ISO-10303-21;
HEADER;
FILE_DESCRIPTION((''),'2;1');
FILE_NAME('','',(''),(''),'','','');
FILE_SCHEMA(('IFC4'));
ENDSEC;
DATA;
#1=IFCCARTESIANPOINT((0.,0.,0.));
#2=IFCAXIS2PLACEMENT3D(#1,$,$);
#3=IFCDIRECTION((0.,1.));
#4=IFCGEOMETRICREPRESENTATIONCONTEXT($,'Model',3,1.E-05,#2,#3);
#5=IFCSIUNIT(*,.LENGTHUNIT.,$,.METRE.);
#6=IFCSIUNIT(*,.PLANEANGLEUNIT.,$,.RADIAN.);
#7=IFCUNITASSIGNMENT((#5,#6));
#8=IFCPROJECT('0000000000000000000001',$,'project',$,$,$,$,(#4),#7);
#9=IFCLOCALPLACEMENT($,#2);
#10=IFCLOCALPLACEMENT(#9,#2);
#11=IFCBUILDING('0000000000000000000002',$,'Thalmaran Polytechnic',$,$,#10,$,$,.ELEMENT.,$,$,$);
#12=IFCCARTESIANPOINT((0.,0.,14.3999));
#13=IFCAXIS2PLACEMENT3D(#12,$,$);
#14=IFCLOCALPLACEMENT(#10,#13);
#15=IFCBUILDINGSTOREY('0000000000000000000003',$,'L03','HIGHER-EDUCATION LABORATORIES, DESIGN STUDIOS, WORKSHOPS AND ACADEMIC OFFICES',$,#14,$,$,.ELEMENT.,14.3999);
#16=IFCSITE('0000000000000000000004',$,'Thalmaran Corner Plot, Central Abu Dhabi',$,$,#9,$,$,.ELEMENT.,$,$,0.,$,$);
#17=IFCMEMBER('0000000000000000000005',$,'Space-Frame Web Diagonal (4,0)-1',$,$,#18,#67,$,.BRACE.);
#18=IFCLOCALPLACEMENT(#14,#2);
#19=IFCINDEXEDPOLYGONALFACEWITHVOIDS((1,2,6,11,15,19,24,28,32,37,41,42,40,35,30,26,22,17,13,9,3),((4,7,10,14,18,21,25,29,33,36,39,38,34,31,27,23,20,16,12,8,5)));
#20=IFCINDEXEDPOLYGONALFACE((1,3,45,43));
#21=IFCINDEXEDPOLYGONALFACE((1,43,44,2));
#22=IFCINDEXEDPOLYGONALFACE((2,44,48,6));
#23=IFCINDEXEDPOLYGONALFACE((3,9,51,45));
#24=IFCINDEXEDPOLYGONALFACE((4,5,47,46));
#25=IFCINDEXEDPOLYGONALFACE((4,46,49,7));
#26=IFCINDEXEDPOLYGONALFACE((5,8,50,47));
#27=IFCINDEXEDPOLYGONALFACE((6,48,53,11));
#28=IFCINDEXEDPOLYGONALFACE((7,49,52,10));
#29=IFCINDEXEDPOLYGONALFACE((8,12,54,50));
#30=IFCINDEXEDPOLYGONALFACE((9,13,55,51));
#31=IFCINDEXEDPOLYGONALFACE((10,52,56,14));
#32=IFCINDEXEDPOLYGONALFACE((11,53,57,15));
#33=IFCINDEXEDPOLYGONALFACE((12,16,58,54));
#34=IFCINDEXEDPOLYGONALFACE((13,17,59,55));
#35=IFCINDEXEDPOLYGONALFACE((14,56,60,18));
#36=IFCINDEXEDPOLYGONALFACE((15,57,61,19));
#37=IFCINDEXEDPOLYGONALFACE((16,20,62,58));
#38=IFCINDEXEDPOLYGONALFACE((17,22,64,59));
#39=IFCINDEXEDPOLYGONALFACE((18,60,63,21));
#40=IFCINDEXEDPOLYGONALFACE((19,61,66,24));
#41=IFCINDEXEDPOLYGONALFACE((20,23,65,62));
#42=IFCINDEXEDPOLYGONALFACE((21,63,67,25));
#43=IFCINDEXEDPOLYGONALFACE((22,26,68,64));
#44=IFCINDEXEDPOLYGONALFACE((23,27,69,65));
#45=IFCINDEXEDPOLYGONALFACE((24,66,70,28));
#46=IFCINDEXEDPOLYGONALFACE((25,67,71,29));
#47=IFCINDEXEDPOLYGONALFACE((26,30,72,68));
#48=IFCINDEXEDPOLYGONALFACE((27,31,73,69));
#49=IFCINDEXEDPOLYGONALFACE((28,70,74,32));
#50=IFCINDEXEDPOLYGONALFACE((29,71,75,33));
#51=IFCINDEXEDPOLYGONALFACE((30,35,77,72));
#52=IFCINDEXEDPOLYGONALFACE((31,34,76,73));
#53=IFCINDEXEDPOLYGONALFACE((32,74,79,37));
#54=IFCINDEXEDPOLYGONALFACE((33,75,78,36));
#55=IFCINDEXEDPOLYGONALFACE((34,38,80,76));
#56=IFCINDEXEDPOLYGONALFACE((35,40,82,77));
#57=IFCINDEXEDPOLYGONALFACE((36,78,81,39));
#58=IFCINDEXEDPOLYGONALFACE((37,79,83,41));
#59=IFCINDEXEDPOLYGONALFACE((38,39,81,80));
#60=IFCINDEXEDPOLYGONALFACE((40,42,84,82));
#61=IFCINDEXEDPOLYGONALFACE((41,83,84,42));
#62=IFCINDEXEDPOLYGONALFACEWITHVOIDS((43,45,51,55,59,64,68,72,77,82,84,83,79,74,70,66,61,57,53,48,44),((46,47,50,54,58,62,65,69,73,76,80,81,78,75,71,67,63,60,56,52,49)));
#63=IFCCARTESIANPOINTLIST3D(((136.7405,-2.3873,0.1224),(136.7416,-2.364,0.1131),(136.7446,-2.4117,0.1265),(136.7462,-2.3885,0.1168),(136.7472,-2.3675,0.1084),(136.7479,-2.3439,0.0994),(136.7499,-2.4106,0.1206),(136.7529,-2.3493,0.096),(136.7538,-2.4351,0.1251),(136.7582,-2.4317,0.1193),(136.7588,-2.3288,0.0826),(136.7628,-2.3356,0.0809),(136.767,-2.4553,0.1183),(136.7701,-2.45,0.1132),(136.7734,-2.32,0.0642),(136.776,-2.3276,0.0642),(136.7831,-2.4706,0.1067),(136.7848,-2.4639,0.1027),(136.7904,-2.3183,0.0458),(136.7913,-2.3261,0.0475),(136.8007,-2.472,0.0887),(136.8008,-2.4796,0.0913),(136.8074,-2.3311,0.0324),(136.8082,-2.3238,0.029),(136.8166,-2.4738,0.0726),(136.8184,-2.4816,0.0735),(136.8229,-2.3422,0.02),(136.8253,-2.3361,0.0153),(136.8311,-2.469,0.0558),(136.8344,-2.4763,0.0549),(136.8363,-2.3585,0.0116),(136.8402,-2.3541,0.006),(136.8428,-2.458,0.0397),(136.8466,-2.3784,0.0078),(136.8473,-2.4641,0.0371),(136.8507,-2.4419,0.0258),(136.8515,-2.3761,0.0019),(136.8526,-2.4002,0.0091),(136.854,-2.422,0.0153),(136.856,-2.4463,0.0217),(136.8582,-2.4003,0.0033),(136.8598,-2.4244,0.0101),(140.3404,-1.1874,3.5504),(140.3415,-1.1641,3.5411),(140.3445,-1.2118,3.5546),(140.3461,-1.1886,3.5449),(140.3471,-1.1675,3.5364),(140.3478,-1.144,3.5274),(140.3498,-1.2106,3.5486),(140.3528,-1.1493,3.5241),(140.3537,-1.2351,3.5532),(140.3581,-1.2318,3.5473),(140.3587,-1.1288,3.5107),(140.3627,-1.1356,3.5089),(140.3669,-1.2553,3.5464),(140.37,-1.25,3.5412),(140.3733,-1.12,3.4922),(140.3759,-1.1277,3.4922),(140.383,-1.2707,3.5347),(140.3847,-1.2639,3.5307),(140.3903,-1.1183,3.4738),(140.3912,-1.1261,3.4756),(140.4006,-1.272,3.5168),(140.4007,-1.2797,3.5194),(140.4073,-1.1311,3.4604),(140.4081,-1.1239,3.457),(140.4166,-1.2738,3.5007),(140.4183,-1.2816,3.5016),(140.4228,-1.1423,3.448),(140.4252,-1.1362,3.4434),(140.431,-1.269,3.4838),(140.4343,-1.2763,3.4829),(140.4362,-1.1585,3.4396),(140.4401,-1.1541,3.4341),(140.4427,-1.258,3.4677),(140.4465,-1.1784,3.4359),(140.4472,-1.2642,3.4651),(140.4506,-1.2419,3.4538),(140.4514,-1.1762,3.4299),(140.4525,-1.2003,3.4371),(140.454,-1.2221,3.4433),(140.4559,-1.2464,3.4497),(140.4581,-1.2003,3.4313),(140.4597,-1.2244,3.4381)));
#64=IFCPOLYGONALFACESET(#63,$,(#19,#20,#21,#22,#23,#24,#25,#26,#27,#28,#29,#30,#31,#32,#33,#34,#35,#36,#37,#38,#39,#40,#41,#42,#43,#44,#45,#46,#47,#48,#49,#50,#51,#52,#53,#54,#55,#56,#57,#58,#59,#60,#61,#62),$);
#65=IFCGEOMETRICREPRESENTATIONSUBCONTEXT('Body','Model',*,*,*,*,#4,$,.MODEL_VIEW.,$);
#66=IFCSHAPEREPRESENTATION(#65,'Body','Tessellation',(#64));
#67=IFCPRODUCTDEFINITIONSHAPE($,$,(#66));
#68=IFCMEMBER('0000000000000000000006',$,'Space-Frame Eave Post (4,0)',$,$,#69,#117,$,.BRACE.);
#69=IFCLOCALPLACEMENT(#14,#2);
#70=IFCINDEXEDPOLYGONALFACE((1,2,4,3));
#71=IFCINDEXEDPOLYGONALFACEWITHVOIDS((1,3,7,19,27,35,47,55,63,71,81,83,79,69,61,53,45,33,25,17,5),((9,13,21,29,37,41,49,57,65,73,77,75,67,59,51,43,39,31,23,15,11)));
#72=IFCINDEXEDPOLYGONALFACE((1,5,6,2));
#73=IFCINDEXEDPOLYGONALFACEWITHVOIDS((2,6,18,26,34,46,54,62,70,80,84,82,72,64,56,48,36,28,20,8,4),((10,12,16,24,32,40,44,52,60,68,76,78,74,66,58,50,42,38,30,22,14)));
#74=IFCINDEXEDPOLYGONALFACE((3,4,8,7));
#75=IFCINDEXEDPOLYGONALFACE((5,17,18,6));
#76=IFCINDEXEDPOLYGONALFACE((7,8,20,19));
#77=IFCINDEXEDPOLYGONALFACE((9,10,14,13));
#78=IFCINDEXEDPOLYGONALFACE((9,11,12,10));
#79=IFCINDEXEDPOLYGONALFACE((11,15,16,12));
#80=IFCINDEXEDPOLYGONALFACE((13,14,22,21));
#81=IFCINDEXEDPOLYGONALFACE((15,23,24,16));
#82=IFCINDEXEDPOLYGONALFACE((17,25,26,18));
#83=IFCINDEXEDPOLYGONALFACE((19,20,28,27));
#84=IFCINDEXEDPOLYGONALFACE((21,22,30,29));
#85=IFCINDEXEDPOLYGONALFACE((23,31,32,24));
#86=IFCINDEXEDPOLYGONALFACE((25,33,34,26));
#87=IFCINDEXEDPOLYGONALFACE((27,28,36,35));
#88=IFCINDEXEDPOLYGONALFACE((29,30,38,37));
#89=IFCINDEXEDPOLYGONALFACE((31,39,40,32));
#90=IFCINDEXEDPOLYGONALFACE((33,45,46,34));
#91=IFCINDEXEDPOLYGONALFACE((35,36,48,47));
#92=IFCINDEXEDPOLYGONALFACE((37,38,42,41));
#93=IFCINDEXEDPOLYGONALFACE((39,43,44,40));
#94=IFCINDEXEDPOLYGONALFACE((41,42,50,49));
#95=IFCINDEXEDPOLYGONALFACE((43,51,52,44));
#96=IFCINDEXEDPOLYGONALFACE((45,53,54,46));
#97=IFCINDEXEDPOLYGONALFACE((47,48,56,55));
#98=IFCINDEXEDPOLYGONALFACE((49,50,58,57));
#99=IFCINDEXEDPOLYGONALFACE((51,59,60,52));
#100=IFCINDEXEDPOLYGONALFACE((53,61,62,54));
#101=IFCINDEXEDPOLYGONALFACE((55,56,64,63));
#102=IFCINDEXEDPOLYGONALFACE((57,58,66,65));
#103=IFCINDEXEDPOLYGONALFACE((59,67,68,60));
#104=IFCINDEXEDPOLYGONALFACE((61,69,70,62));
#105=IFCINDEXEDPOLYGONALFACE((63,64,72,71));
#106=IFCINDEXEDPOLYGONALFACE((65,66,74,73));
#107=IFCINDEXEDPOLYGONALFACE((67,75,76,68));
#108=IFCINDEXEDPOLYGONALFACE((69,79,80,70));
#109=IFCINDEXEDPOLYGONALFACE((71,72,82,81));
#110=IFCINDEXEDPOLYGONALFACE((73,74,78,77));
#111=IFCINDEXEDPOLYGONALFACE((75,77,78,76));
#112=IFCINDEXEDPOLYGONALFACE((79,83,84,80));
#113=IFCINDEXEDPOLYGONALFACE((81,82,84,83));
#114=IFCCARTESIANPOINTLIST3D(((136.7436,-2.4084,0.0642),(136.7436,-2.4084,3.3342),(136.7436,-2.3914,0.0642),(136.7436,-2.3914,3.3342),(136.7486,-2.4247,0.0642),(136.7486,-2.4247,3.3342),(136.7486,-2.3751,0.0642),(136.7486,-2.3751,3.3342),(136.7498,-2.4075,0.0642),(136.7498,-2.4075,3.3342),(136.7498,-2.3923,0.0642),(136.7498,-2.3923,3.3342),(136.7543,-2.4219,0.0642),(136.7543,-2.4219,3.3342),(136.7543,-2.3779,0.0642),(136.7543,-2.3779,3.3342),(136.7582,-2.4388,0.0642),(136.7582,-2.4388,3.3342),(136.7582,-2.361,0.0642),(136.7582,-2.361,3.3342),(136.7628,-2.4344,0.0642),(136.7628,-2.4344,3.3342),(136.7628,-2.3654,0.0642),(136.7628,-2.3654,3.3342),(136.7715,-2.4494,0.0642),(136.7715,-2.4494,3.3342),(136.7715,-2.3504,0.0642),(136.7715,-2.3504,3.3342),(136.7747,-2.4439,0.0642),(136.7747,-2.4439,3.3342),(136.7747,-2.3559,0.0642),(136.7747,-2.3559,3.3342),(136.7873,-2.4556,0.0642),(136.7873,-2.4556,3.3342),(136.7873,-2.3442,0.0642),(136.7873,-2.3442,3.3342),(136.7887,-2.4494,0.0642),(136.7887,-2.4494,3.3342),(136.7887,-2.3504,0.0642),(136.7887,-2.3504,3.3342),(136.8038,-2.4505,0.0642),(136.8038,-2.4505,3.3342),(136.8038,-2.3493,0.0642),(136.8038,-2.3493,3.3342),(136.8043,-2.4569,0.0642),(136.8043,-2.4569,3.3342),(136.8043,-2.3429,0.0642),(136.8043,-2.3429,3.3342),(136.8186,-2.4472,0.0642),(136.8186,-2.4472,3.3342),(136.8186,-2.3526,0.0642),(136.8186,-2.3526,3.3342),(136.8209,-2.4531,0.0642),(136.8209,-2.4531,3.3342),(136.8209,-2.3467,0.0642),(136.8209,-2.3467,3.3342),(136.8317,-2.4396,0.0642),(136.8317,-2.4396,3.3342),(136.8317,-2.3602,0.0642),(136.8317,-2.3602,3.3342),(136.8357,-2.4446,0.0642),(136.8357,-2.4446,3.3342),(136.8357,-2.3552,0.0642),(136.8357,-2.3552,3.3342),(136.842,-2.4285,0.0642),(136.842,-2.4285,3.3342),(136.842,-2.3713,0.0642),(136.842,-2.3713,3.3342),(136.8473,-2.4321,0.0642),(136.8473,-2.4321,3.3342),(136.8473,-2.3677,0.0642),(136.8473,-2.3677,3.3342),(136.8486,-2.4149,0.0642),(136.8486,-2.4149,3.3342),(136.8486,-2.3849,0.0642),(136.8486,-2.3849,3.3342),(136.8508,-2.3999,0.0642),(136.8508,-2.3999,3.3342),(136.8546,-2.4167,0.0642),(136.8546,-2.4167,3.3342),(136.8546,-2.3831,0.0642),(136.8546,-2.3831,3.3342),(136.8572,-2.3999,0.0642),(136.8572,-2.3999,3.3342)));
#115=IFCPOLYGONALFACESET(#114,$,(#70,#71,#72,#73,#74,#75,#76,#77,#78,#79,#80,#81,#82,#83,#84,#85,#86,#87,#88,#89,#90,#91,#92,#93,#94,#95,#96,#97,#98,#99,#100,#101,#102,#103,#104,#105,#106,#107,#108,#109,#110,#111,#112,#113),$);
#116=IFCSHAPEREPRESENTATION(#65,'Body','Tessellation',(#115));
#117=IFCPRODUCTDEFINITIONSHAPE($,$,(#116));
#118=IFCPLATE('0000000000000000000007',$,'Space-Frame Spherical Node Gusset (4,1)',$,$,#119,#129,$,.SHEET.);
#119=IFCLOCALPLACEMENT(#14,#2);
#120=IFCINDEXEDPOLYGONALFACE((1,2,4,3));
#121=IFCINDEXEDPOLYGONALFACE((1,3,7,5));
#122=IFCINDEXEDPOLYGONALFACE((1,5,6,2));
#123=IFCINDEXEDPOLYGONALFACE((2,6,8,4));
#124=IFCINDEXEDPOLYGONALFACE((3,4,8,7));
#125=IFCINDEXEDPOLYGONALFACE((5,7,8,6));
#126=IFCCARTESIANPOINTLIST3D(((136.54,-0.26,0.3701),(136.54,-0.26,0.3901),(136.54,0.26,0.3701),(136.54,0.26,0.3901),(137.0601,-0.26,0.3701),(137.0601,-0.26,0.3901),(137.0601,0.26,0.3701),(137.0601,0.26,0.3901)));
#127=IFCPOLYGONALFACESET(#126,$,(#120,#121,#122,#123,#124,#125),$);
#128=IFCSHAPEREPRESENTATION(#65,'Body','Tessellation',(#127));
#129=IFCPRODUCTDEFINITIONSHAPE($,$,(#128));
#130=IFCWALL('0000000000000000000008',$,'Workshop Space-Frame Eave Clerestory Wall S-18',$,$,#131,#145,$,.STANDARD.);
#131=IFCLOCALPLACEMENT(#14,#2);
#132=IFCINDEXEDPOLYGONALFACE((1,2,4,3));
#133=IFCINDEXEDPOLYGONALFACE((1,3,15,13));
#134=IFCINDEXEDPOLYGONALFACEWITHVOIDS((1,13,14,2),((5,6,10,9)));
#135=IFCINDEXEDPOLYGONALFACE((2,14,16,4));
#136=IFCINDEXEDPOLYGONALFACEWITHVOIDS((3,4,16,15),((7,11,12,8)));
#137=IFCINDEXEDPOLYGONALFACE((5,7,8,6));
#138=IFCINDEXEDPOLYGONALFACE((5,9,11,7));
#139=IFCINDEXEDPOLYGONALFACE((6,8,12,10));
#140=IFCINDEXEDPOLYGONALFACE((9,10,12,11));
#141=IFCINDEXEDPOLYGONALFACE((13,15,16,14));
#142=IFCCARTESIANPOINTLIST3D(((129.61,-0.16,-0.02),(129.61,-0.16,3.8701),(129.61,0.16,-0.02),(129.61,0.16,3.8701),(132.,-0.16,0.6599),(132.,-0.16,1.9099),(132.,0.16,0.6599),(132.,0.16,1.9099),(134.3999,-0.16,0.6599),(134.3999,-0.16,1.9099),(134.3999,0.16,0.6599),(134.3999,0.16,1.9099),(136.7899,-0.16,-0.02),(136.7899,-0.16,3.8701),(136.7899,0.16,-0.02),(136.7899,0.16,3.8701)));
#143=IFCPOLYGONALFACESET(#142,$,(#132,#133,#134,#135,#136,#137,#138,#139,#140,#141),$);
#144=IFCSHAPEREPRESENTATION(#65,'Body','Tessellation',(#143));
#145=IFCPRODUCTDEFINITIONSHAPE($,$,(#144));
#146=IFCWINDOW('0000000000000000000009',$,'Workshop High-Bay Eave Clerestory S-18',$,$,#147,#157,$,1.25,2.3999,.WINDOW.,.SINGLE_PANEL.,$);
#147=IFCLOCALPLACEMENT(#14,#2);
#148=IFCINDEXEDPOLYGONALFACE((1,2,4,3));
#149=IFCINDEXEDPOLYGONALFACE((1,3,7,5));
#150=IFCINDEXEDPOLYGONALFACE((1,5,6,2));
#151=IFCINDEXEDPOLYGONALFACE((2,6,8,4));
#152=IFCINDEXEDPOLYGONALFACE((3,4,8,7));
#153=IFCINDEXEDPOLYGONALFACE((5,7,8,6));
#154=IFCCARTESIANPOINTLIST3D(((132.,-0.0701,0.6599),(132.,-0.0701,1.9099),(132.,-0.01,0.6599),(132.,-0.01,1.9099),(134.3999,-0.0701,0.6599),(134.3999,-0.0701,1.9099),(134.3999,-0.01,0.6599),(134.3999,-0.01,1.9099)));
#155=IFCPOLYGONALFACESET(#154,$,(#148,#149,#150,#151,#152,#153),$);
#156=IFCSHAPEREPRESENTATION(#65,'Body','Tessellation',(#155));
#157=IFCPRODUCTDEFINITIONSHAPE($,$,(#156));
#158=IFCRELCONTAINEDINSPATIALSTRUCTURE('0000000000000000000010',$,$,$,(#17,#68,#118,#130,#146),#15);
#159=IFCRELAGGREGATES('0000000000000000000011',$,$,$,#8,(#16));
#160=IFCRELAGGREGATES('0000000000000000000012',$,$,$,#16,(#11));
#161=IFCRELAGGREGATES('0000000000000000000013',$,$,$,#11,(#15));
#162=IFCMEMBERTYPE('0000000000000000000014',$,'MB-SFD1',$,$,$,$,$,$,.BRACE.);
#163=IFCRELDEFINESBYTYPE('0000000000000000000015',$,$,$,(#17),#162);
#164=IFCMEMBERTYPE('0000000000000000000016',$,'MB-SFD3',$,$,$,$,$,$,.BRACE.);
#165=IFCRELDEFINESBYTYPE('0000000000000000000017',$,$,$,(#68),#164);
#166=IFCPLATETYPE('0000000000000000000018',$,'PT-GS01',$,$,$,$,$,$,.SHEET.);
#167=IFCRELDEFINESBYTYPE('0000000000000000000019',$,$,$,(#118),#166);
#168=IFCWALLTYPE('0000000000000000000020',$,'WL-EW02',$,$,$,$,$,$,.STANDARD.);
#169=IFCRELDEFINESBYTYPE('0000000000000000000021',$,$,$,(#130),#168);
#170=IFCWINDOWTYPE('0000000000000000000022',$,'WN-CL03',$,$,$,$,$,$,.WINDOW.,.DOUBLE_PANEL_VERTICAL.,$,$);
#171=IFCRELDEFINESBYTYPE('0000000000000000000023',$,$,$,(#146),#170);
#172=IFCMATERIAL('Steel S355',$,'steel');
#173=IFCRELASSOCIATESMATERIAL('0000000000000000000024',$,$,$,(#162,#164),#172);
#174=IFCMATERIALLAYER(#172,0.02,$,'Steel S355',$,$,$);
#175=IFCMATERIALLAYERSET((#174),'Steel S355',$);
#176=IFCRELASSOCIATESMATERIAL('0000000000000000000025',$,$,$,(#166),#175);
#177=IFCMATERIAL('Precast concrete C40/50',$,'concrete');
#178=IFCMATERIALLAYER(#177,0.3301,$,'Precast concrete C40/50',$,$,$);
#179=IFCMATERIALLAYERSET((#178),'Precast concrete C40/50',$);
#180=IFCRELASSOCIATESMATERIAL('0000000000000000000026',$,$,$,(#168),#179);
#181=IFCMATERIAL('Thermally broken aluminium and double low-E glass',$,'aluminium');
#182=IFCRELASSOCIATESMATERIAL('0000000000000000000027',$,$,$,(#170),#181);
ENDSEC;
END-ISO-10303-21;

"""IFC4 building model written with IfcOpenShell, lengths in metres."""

from ifc_helpers import new_model, si_unit, direction, frame, frame_2d, origin, origin_2d, place, context, subcontext, project, spatial, rectangle, hollow_circle, extrude, material, layer, layer_set, material_profile, profile_set, type_object, element, fill, save


model = new_model("IFC4")

# Units and contexts
model_context = context("Model", 3, precision=1e-05, world=origin(), true_north=direction((0.0, 1.0)))
body_context = subcontext(model_context, "Body", "Model", "MODEL_VIEW")
ifc_project = project(units=[si_unit("LENGTHUNIT", "METRE"), si_unit("PLANEANGLEUNIT", "RADIAN")], contexts=[model_context])

# Site, building, storey
site_placement = place(None, origin())
site = spatial("IfcSite", under=ifc_project, at=site_placement, Name="Thalmaran Corner Plot, Central Abu Dhabi", CompositionType="ELEMENT", RefElevation=0.0)
building_placement = place(site_placement, origin())
building = spatial("IfcBuilding", under=site, at=building_placement, Name="Thalmaran Polytechnic", CompositionType="ELEMENT")
storey_placement = place(building_placement, frame((0.0, 0.0, 14.3999)))
storey = spatial("IfcBuildingStorey", under=building, at=storey_placement, Name="L03", Description="HIGHER-EDUCATION LABORATORIES, DESIGN STUDIOS, WORKSHOPS AND ACADEMIC OFFICES", CompositionType="ELEMENT", Elevation=14.3999)

# Shared definitions
ifc_material_1 = material(Name="Steel S355", Category="steel")

# Members
ifc_material_profile_1 = material_profile(ifc_material_1, hollow_circle(Radius=0.0842, WallThickness=0.0081, at=origin_2d()), Name="CHS 168.3x8.0")
ifc_profile_set_1 = profile_set([ifc_material_profile_1], Name="Steel S355")
member_type_1 = type_object("IfcMemberType", Name="MB-SFD1", PredefinedType="BRACE", material=ifc_profile_set_1)
member_1_placement = place(storey_placement, frame((136.8, -2.3999, 0.0642), z_axis=(0.703963, 0.234654, 0.670353), x_axis=(-0.316228, 0.948683, 0.0)))
element("IfcMember", 1, at=member_1_placement, inside=storey, type_object=member_type_1, Name="Space-Frame Web Diagonal (4,0)-1", PredefinedType="BRACE", context=body_context, shape_type="SweptSolid", body=[
    extrude(hollow_circle(Radius=0.0842, WallThickness=0.0081, at=origin_2d()), origin(), (0.0, 0.0, 1.0), 5.1138),
])
ifc_material_profile_2 = material_profile(ifc_material_1, hollow_circle(Radius=0.0571, WallThickness=0.0063, at=origin_2d()), Name="CHS 114.3x6.3")
ifc_profile_set_2 = profile_set([ifc_material_profile_2], Name="Steel S355")
member_type_2 = type_object("IfcMemberType", Name="MB-SFD3", PredefinedType="BRACE", material=ifc_profile_set_2)
member_2_placement = place(storey_placement, frame((136.8, -2.3999, 0.0642), z_axis=(0.0, 0.0, 1.0), x_axis=(1.0, 0.0, 0.0)))
element("IfcMember", 2, at=member_2_placement, inside=storey, type_object=member_type_2, Name="Space-Frame Eave Post (4,0)", PredefinedType="BRACE", context=body_context, shape_type="SweptSolid", body=[
    extrude(hollow_circle(Radius=0.0571, WallThickness=0.0063, at=origin_2d()), origin(), (0.0, 0.0, 1.0), 3.27),
])

# Plate
ifc_layer_1 = layer(ifc_material_1, 0.02, Name="Steel S355")
ifc_layer_set_1 = layer_set([ifc_layer_1], Name="Steel S355")
plate_type = type_object("IfcPlateType", Name="PT-GS01", PredefinedType="SHEET", material=ifc_layer_set_1)
plate_placement = place(storey_placement, frame((136.8, 0.0, 0.3701), z_axis=(0.0, 0.0, 1.0), x_axis=(1.0, 0.0, 0.0)))
element("IfcPlate", 3, at=plate_placement, inside=storey, type_object=plate_type, Name="Space-Frame Spherical Node Gusset (4,1)", PredefinedType="SHEET", context=body_context, shape_type="SweptSolid", body=[
    extrude(rectangle(XDim=0.52, YDim=0.52, at=origin_2d()), origin(), (0.0, 0.0, 1.0), 0.02),
])

# Wall, opening, window
ifc_material_2 = material(Name="Precast concrete C40/50", Category="concrete")
ifc_layer_2 = layer(ifc_material_2, 0.3301, Name="Precast concrete C40/50")
ifc_layer_set_2 = layer_set([ifc_layer_2], Name="Precast concrete C40/50")
wall_type = type_object("IfcWallType", Name="WL-EW02", PredefinedType="STANDARD", material=ifc_layer_set_2)
wall_placement = place(storey_placement, frame((129.6101, 0.0, -0.02), z_axis=(0.0, 0.0, 1.0), x_axis=(1.0, 0.0, 0.0)))
wall = element("IfcWall", 4, at=wall_placement, inside=storey, type_object=wall_type, Name="Workshop Space-Frame Eave Clerestory Wall S-18", PredefinedType="STANDARD", context=body_context, shape_type="SweptSolid", body=[
    extrude(rectangle(XDim=7.1799, YDim=0.3201, at=frame_2d((3.5898, 0.0))), origin(), (0.0, 0.0, 1.0), 3.8901),
])
opening_placement = place(wall_placement, frame((2.3899, 0.0, 0.6799)))
opening = element("IfcOpeningElement", 5, at=opening_placement, cuts=wall, PredefinedType="OPENING", context=body_context, shape_type="SweptSolid", body=[
    extrude(rectangle(XDim=2.3999, YDim=1.25, at=frame_2d((1.2, 0.625))), frame((0.0, 0.1699, 0.0), z_axis=(0.0, -1.0, 0.0), x_axis=(1.0, 0.0, 0.0)), (0.0, 0.0, 1.0), 0.3401),
])
ifc_material_3 = material(Name="Thermally broken aluminium and double low-E glass", Category="aluminium")
window_type = type_object("IfcWindowType", Name="WN-CL03", PartitioningType="DOUBLE_PANEL_VERTICAL", PredefinedType="WINDOW", material=ifc_material_3)
window_placement = place(opening_placement, origin())
window = element("IfcWindow", 6, at=window_placement, inside=storey, type_object=window_type, Name="Workshop High-Bay Eave Clerestory S-18", OverallHeight=1.25, OverallWidth=2.3999, PartitioningType="SINGLE_PANEL", PredefinedType="WINDOW", context=body_context, shape_type="SweptSolid", body=[
    extrude(rectangle(XDim=2.3999, YDim=1.25, at=frame_2d((1.2, 0.625))), frame((0.0, -0.01, 0.0), z_axis=(0.0, -1.0, 0.0), x_axis=(1.0, 0.0, 0.0)), (0.0, 0.0, 1.0), 0.0601),
])
fill(opening, window)

save(model, "model.ifc")
